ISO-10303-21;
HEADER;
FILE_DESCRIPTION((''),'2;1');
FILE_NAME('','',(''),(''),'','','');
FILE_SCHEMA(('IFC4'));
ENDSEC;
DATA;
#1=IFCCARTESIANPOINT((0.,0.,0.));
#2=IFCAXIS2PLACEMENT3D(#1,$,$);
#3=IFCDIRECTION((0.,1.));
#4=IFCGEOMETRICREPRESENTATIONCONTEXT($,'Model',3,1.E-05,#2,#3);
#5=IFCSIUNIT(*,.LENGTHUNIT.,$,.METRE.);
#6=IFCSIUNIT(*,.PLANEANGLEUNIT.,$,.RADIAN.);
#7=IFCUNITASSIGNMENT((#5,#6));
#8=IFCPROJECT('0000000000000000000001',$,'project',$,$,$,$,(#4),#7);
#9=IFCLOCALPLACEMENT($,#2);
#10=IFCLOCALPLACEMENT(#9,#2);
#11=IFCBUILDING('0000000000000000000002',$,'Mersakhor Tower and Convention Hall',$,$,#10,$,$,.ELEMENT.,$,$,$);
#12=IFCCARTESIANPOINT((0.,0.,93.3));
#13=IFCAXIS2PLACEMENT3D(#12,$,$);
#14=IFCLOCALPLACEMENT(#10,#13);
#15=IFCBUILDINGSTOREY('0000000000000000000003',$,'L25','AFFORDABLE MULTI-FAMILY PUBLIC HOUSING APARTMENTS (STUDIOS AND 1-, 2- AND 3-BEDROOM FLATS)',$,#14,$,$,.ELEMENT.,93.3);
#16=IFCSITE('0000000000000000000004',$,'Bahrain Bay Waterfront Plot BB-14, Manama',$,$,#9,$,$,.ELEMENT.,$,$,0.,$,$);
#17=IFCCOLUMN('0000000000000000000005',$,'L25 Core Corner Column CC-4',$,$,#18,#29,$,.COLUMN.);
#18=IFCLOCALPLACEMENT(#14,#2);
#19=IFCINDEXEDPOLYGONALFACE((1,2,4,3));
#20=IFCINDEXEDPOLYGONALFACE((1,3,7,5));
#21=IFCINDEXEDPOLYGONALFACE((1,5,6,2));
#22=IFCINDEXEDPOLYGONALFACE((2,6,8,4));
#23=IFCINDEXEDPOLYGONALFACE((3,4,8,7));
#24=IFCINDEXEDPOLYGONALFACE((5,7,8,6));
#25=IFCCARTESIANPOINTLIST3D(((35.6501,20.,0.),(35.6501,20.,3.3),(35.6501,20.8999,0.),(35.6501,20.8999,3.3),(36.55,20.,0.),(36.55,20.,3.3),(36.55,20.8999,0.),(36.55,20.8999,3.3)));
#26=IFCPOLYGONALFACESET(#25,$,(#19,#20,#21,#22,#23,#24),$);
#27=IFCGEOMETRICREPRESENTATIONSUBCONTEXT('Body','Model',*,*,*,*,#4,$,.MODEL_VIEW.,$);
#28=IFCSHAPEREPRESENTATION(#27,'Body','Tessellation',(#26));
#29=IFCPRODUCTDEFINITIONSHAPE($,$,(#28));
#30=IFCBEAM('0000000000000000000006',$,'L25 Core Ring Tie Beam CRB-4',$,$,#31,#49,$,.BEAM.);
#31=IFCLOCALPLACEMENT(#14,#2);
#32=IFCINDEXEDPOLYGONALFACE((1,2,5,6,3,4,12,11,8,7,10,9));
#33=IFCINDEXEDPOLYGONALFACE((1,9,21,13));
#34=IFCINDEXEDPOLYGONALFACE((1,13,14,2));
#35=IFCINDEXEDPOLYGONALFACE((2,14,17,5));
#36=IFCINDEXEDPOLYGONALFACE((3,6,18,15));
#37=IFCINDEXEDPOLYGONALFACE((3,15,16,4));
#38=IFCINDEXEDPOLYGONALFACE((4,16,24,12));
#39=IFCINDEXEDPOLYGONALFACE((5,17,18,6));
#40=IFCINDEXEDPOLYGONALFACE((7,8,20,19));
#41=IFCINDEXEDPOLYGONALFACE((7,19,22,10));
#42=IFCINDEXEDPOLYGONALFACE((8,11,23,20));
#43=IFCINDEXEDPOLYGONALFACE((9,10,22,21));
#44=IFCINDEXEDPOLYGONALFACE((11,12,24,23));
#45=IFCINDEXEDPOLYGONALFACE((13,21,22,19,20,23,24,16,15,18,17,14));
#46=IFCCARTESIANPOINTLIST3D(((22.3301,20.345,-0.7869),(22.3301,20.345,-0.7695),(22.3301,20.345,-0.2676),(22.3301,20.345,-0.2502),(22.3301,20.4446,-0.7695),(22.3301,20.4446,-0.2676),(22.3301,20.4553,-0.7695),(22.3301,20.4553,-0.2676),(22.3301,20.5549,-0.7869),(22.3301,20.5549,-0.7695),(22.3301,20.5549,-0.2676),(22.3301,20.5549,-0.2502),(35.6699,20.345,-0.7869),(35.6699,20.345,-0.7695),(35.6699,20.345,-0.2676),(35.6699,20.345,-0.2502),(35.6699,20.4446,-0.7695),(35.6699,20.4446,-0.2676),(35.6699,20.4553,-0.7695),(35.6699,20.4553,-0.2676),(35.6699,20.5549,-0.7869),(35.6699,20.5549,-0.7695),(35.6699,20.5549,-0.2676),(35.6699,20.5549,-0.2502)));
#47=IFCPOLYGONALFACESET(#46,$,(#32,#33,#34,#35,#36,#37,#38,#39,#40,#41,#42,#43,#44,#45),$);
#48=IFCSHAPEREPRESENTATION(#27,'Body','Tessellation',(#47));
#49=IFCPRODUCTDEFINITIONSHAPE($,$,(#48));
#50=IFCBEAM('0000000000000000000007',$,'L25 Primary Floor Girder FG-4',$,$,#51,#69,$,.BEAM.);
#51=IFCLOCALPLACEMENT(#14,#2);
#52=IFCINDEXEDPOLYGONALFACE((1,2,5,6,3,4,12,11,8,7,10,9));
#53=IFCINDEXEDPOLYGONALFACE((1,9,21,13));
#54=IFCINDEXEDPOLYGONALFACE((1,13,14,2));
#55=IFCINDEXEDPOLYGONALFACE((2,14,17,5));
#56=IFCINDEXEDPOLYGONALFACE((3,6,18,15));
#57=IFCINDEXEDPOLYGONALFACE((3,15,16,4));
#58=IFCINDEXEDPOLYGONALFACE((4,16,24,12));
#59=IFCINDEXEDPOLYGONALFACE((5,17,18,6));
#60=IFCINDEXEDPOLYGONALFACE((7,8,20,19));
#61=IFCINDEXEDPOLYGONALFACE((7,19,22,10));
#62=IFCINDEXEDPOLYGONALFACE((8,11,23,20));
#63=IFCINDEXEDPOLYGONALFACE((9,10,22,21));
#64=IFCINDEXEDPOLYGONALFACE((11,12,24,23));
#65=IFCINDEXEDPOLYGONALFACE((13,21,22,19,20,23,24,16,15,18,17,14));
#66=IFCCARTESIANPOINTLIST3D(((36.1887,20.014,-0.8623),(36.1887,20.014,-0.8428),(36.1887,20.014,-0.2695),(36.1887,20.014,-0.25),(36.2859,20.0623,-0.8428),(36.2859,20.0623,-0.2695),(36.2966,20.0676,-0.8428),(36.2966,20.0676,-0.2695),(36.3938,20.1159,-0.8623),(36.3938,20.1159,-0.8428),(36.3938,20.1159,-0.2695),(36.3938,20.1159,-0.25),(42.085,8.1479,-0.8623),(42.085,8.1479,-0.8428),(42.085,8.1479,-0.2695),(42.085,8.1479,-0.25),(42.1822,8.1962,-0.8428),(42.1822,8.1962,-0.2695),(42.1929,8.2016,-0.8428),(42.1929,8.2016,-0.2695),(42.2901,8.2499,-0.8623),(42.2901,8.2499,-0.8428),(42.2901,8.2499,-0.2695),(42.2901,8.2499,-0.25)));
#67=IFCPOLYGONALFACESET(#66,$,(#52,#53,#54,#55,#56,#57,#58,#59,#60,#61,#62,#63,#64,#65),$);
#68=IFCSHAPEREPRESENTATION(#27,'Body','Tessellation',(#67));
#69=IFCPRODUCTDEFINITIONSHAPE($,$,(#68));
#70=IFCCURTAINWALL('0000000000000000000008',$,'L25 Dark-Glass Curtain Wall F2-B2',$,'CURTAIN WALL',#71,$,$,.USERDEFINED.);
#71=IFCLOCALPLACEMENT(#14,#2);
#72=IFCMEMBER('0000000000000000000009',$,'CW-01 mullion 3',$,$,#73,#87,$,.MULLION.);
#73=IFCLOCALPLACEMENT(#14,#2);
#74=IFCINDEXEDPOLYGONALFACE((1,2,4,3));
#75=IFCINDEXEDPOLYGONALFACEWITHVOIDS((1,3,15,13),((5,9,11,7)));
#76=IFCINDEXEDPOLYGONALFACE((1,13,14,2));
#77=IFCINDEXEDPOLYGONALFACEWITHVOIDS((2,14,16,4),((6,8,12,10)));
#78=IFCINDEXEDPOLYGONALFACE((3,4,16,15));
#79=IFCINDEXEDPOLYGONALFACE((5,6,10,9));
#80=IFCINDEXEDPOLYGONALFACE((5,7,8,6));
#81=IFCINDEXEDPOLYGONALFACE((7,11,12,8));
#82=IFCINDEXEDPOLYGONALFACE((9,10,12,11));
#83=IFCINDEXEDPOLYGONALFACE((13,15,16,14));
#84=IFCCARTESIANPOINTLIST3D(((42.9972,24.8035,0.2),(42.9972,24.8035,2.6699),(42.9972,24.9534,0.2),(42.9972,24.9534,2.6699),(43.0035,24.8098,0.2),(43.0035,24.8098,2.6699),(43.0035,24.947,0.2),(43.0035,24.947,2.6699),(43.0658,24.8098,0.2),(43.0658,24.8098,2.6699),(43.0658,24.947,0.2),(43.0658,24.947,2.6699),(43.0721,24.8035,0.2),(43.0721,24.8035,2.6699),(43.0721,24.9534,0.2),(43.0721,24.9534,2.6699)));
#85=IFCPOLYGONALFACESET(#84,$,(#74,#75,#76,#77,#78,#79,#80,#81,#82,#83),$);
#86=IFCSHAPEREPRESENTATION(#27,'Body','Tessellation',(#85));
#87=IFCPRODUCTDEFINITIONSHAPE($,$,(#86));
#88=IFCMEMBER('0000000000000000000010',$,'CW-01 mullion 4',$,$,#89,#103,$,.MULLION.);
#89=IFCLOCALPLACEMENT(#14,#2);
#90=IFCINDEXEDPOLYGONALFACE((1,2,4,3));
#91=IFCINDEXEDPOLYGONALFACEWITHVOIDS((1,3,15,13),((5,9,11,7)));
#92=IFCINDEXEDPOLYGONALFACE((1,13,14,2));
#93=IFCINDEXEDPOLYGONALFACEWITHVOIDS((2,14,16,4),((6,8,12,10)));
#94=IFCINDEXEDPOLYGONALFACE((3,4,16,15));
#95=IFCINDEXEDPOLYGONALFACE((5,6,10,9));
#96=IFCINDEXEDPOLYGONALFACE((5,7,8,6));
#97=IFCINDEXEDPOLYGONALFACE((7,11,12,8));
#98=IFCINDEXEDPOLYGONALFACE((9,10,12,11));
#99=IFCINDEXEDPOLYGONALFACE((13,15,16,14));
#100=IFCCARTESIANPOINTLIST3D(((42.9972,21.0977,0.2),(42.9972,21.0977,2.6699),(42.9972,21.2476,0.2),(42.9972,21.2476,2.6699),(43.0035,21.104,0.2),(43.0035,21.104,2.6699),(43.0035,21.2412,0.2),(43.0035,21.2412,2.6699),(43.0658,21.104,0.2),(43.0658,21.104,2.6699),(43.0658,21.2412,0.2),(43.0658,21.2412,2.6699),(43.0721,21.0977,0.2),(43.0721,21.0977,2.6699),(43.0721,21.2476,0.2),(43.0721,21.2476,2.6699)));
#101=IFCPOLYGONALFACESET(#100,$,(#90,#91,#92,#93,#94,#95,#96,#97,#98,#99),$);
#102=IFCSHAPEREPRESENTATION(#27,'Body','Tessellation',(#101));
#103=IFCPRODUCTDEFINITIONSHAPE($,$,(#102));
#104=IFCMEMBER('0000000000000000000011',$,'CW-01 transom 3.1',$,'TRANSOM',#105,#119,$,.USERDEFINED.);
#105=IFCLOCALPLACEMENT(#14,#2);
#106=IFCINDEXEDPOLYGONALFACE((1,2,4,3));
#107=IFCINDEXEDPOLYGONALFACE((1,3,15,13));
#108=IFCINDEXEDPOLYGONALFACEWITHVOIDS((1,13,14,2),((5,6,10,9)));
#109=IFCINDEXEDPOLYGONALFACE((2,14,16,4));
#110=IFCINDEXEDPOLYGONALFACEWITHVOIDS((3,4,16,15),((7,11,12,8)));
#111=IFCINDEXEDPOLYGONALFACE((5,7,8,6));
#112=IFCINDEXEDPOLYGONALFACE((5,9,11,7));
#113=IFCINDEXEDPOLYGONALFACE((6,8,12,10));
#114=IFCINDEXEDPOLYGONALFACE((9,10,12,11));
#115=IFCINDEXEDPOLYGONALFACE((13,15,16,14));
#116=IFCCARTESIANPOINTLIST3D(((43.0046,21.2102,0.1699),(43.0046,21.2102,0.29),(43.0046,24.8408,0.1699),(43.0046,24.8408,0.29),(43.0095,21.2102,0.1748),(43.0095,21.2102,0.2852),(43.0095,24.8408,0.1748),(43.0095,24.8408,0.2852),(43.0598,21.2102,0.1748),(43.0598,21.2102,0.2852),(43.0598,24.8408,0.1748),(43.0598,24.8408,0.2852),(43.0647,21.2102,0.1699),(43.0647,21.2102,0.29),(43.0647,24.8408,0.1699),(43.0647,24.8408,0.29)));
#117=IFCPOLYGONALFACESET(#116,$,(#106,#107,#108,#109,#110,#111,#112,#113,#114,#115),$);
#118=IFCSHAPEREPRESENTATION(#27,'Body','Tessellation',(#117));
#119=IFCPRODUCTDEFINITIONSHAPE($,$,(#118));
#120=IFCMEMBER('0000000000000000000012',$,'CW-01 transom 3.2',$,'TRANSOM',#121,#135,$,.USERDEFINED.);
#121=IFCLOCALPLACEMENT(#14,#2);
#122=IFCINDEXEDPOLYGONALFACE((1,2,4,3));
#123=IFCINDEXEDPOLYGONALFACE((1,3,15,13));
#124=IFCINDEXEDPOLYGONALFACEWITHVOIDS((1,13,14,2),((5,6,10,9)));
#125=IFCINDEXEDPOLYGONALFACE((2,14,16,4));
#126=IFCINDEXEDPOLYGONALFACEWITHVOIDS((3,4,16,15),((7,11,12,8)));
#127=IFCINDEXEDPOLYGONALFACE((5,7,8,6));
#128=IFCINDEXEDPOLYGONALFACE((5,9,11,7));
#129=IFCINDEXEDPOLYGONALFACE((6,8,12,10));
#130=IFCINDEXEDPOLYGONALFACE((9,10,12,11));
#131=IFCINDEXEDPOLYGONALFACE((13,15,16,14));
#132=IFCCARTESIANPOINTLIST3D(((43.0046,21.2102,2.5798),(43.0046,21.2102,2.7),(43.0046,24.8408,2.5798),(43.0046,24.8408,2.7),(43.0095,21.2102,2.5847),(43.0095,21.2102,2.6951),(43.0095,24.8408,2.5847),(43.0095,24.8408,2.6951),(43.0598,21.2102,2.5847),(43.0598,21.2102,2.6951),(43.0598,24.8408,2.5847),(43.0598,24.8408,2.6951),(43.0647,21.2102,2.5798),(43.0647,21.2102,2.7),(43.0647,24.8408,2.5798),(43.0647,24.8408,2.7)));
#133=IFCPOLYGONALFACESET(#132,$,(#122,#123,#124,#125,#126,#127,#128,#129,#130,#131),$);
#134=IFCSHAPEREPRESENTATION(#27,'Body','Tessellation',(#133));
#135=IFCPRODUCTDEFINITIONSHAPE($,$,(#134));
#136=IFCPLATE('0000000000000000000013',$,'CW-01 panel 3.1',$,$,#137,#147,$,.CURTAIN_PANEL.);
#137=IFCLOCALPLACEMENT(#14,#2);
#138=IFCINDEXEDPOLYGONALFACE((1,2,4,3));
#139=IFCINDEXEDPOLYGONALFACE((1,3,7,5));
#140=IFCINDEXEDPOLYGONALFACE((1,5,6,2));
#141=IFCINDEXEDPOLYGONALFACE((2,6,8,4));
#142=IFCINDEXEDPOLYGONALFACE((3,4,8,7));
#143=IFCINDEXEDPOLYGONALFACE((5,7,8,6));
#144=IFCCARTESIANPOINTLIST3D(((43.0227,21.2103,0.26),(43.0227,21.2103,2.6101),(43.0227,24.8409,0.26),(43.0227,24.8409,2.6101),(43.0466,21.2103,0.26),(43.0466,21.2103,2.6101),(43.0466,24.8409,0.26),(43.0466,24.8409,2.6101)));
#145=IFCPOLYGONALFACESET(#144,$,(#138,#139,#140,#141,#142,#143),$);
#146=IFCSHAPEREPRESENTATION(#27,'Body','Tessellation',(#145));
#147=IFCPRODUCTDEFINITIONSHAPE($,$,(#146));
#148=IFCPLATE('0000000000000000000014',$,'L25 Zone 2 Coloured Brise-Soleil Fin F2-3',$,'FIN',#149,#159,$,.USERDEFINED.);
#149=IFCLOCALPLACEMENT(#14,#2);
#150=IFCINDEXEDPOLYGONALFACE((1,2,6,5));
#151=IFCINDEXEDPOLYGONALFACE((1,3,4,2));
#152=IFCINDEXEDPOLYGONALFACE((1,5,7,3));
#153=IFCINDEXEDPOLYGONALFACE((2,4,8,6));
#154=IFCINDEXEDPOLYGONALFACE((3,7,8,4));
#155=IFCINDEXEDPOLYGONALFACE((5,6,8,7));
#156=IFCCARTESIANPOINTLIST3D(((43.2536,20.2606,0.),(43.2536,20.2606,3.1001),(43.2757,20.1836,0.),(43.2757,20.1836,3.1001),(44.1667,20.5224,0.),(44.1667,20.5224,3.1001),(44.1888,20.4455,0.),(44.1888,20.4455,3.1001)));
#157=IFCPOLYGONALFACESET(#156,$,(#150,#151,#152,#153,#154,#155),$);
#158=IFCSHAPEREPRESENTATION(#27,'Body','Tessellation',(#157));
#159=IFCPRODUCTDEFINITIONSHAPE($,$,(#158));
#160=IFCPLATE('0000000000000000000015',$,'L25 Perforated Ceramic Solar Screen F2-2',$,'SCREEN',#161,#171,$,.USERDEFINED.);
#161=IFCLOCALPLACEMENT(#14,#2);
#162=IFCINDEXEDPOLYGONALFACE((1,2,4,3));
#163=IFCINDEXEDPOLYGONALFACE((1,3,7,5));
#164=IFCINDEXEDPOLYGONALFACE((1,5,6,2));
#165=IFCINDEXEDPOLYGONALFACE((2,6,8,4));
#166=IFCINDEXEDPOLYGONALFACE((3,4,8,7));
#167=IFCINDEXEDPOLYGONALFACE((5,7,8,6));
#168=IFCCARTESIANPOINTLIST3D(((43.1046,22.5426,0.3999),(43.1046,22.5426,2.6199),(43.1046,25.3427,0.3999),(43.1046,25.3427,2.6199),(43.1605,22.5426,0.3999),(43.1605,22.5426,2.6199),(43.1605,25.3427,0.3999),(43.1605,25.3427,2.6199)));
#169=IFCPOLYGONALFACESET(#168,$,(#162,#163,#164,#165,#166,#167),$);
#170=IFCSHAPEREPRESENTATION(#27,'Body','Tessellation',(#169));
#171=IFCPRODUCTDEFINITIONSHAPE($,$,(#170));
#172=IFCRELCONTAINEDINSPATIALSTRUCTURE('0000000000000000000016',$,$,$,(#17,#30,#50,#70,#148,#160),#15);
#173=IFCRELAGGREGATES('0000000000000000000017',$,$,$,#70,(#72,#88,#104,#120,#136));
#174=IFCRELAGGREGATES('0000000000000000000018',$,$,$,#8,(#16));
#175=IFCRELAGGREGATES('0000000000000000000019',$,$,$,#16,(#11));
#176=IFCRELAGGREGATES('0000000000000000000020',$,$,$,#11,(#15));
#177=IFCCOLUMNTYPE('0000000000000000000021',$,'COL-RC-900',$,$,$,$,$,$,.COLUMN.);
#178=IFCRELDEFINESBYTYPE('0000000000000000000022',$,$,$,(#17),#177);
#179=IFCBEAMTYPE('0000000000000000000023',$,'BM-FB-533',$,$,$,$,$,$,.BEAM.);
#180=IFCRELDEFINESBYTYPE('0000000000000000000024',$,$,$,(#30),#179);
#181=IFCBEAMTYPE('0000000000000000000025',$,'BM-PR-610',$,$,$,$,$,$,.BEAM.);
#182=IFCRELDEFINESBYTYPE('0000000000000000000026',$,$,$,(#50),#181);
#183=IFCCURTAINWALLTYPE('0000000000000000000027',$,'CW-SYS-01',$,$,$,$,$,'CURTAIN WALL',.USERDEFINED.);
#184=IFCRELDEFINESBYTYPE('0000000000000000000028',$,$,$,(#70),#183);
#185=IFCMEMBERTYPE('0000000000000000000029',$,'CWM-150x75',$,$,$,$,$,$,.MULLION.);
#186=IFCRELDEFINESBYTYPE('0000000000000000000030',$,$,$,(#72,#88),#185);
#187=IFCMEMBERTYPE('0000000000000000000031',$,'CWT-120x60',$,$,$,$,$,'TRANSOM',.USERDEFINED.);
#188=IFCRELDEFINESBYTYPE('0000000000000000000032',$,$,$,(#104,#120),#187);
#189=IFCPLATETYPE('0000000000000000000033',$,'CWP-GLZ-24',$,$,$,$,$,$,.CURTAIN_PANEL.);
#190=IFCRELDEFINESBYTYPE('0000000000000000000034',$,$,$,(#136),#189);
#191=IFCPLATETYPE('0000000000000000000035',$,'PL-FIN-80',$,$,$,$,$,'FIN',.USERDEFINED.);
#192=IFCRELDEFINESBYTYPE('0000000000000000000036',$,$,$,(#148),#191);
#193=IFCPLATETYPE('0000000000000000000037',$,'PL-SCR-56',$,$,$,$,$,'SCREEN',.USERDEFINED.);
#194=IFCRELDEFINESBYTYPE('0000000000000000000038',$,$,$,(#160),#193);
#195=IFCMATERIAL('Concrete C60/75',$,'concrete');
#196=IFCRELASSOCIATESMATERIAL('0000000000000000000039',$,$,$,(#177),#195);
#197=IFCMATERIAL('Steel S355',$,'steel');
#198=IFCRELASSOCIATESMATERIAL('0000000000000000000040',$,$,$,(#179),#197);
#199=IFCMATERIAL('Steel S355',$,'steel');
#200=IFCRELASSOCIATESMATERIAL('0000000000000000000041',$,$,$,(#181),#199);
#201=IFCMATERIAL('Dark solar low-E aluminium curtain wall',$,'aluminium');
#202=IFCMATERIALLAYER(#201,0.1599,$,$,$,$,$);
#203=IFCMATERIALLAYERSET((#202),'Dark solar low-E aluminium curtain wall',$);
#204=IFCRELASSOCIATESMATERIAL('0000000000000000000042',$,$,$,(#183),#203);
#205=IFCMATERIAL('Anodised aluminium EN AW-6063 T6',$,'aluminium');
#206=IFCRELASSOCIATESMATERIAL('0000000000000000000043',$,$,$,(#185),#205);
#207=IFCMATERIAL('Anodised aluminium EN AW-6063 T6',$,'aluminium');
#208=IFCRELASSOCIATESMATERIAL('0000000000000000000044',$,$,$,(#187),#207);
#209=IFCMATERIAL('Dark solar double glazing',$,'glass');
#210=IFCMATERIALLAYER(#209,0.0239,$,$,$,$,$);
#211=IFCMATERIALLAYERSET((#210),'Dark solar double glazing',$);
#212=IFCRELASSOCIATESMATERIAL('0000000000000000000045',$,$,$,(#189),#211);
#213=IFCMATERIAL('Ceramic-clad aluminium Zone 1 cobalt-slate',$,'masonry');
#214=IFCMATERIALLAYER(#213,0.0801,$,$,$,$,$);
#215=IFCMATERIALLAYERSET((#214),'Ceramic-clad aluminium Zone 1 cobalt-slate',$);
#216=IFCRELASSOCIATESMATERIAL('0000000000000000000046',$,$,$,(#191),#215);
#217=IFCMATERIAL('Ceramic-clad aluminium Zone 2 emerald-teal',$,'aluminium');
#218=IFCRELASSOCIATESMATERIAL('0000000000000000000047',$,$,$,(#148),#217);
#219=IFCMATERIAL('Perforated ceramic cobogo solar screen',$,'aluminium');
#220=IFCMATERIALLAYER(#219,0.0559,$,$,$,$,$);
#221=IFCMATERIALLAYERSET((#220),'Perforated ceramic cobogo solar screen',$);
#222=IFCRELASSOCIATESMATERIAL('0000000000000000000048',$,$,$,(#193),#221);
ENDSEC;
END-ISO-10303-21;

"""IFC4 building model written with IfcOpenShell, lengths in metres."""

from ifc_helpers import new_model, si_unit, direction, frame, origin, origin_2d, place, context, subcontext, project, spatial, rectangle, hollow_rectangle, i_section, extrude, material, layer, layer_set, material_profile, profile_set, type_object, element, aggregate, save


model = new_model("IFC4")

# Units and contexts
model_context = context("Model", 3, precision=1e-05, world=origin(), true_north=direction((0.0, 1.0)))
body_context = subcontext(model_context, "Body", "Model", "MODEL_VIEW")
ifc_project = project(units=[si_unit("LENGTHUNIT", "METRE"), si_unit("PLANEANGLEUNIT", "RADIAN")], contexts=[model_context])

# Site, building, storey
site_placement = place(None, origin())
site = spatial("IfcSite", under=ifc_project, at=site_placement, Name="Bahrain Bay Waterfront Plot BB-14, Manama", CompositionType="ELEMENT", RefElevation=0.0)
building_placement = place(site_placement, origin())
building = spatial("IfcBuilding", under=site, at=building_placement, Name="Mersakhor Tower and Convention Hall", CompositionType="ELEMENT")
storey_placement = place(building_placement, frame((0.0, 0.0, 93.3)))
storey = spatial("IfcBuildingStorey", under=building, at=storey_placement, Name="L25", Description="AFFORDABLE MULTI-FAMILY PUBLIC HOUSING APARTMENTS (STUDIOS AND 1-, 2- AND 3-BEDROOM FLATS)", CompositionType="ELEMENT", Elevation=93.3)

# Column
ifc_material_1 = material(Name="Concrete C60/75", Category="concrete")
ifc_material_profile_1 = material_profile(ifc_material_1, rectangle(XDim=0.8999, YDim=0.8999, at=origin_2d()), Name="RC 900x900")
ifc_profile_set_1 = profile_set([ifc_material_profile_1], Name="Concrete C60/75")
column_type = type_object("IfcColumnType", Name="COL-RC-900", PredefinedType="COLUMN", material=ifc_profile_set_1)
column_placement = place(storey_placement, frame((36.1001, 20.45, 0.0), z_axis=(0.0, 0.0, 1.0), x_axis=(1.0, 0.0, 0.0)))
element("IfcColumn", 1, at=column_placement, inside=storey, type_object=column_type, Name="L25 Core Corner Column CC-4", PredefinedType="COLUMN", context=body_context, shape_type="SweptSolid", body=[
    extrude(rectangle(XDim=0.8999, YDim=0.8999, at=origin_2d()), origin(), (0.0, 0.0, 1.0), 3.3),
])

# Beams
ifc_material_2 = material(Name="Steel S355", Category="steel")
ifc_material_profile_2 = material_profile(ifc_material_2, i_section(OverallWidth=0.21, OverallDepth=0.5366, WebThickness=0.0107, FlangeThickness=0.0173, at=origin_2d()), Name="UB 533x210x101")
ifc_profile_set_2 = profile_set([ifc_material_profile_2], Name="Steel S355")
beam_type_1 = type_object("IfcBeamType", Name="BM-FB-533", PredefinedType="BEAM", material=ifc_profile_set_2)
beam_1_placement = place(storey_placement, frame((35.6699, 20.45, -0.5186), z_axis=(-1.0, 0.0, 0.0), x_axis=(0.0, -1.0, 0.0)))
element("IfcBeam", 2, at=beam_1_placement, inside=storey, type_object=beam_type_1, Name="L25 Core Ring Tie Beam CRB-4", PredefinedType="BEAM", context=body_context, shape_type="SweptSolid", body=[
    extrude(i_section(OverallWidth=0.21, OverallDepth=0.5366, WebThickness=0.0107, FlangeThickness=0.0173, at=origin_2d()), origin(), (0.0, 0.0, 1.0), 13.3398),
])
ifc_material_3 = material(Name="Steel S355", Category="steel")
ifc_material_profile_3 = material_profile(ifc_material_3, i_section(OverallWidth=0.229, OverallDepth=0.6123, WebThickness=0.012, FlangeThickness=0.0195, at=origin_2d()), Name="UB 610x229x125")
ifc_profile_set_3 = profile_set([ifc_material_profile_3], Name="Steel S355")
beam_type_2 = type_object("IfcBeamType", Name="BM-PR-610", PredefinedType="BEAM", material=ifc_profile_set_3)
beam_2_placement = place(storey_placement, frame((36.2913, 20.0649, -0.5562), z_axis=(0.444994, -0.895534, 0.0), x_axis=(0.895534, 0.444994, 0.0)))
element("IfcBeam", 3, at=beam_2_placement, inside=storey, type_object=beam_type_2, Name="L25 Primary Floor Girder FG-4", PredefinedType="BEAM", context=body_context, shape_type="SweptSolid", body=[
    extrude(i_section(OverallWidth=0.229, OverallDepth=0.6123, WebThickness=0.012, FlangeThickness=0.0195, at=origin_2d()), origin(), (0.0, 0.0, 1.0), 13.2502),
])

# Curtain wall, members, plate
ifc_material_4 = material(Name="Dark solar low-E aluminium curtain wall", Category="aluminium")
ifc_layer_1 = layer(ifc_material_4, 0.1599)
ifc_layer_set_1 = layer_set([ifc_layer_1], Name="Dark solar low-E aluminium curtain wall")
curtain_wall_type = type_object("IfcCurtainWallType", Name="CW-SYS-01", ElementType="CURTAIN WALL", PredefinedType="USERDEFINED", material=ifc_layer_set_1)
curtain_wall_placement = place(storey_placement, origin())
curtain_wall = element("IfcCurtainWall", 4, at=curtain_wall_placement, inside=storey, type_object=curtain_wall_type, Name="L25 Dark-Glass Curtain Wall F2-B2", ObjectType="CURTAIN WALL", PredefinedType="USERDEFINED")
ifc_material_5 = material(Name="Anodised aluminium EN AW-6063 T6", Category="aluminium")
ifc_material_profile_4 = material_profile(ifc_material_5, hollow_rectangle(XDim=0.075, YDim=0.1499, WallThickness=0.0063, at=origin_2d()), Name="RHS 150x75x6.3")
ifc_profile_set_4 = profile_set([ifc_material_profile_4], Name="Anodised aluminium EN AW-6063 T6")
member_type_1 = type_object("IfcMemberType", Name="CWM-150x75", PredefinedType="MULLION", material=ifc_profile_set_4)
member_1_placement = place(storey_placement, frame((43.0347, 24.8784, 0.2), z_axis=(0.0, 0.0, 1.0), x_axis=(1.0, 0.0, 0.0)))
member_1 = element("IfcMember", 5, at=member_1_placement, type_object=member_type_1, Name="CW-01 mullion 3", PredefinedType="MULLION", context=body_context, shape_type="SweptSolid", body=[
    extrude(hollow_rectangle(XDim=0.075, YDim=0.1499, WallThickness=0.0063, at=origin_2d()), origin(), (0.0, 0.0, 1.0), 2.47),
])
member_2_placement = place(storey_placement, frame((43.0347, 21.1726, 0.2), z_axis=(0.0, 0.0, 1.0), x_axis=(1.0, 0.0, 0.0)))
member_2 = element("IfcMember", 6, at=member_2_placement, type_object=member_type_1, Name="CW-01 mullion 4", PredefinedType="MULLION", context=body_context, shape_type="SweptSolid", body=[
    extrude(hollow_rectangle(XDim=0.075, YDim=0.1499, WallThickness=0.0063, at=origin_2d()), origin(), (0.0, 0.0, 1.0), 2.47),
])
ifc_material_6 = material(Name="Anodised aluminium EN AW-6063 T6", Category="aluminium")
ifc_material_profile_5 = material_profile(ifc_material_6, hollow_rectangle(XDim=0.0601, YDim=0.1201, WallThickness=0.0049, at=origin_2d()), Name="RHS 120x60x5")
ifc_profile_set_5 = profile_set([ifc_material_profile_5], Name="Anodised aluminium EN AW-6063 T6")
member_type_2 = type_object("IfcMemberType", Name="CWT-120x60", ElementType="TRANSOM", PredefinedType="USERDEFINED", material=ifc_profile_set_5)
member_3_placement = place(storey_placement, frame((43.0347, 24.8408, 0.23), z_axis=(0.0, -1.0, 0.0), x_axis=(1.0, 0.0, 0.0)))
member_3 = element("IfcMember", 7, at=member_3_placement, type_object=member_type_2, Name="CW-01 transom 3.1", ObjectType="TRANSOM", PredefinedType="USERDEFINED", context=body_context, shape_type="SweptSolid", body=[
    extrude(hollow_rectangle(XDim=0.0601, YDim=0.1201, WallThickness=0.0049, at=origin_2d()), origin(), (0.0, 0.0, 1.0), 3.6306),
])
member_4_placement = place(storey_placement, frame((43.0347, 24.8408, 2.6399), z_axis=(0.0, -1.0, 0.0), x_axis=(1.0, 0.0, 0.0)))
member_4 = element("IfcMember", 8, at=member_4_placement, type_object=member_type_2, Name="CW-01 transom 3.2", ObjectType="TRANSOM", PredefinedType="USERDEFINED", context=body_context, shape_type="SweptSolid", body=[
    extrude(hollow_rectangle(XDim=0.0601, YDim=0.1201, WallThickness=0.0049, at=origin_2d()), origin(), (0.0, 0.0, 1.0), 3.6306),
])
ifc_material_7 = material(Name="Dark solar double glazing", Category="glass")
ifc_layer_2 = layer(ifc_material_7, 0.0239)
ifc_layer_set_2 = layer_set([ifc_layer_2], Name="Dark solar double glazing")
plate_type_1 = type_object("IfcPlateType", Name="CWP-GLZ-24", PredefinedType="CURTAIN_PANEL", material=ifc_layer_set_2)
plate_1_placement = place(storey_placement, frame((43.0347, 23.0256, 0.26), z_axis=(0.0, 0.0, 1.0), x_axis=(0.0, -1.0, 0.0)))
plate_1 = element("IfcPlate", 9, at=plate_1_placement, type_object=plate_type_1, Name="CW-01 panel 3.1", PredefinedType="CURTAIN_PANEL", context=body_context, shape_type="SweptSolid", body=[
    extrude(rectangle(XDim=3.6306, YDim=0.0239, at=origin_2d()), origin(), (0.0, 0.0, 1.0), 2.3501),
])
aggregate(curtain_wall, [member_1, member_2, member_3, member_4, plate_1])

# Plates
ifc_material_8 = material(Name="Ceramic-clad aluminium Zone 2 emerald-teal", Category="aluminium")
ifc_material_9 = material(Name="Ceramic-clad aluminium Zone 1 cobalt-slate", Category="masonry")
ifc_layer_3 = layer(ifc_material_9, 0.0801)
ifc_layer_set_3 = layer_set([ifc_layer_3], Name="Ceramic-clad aluminium Zone 1 cobalt-slate")
plate_type_2 = type_object("IfcPlateType", Name="PL-FIN-80", ElementType="FIN", PredefinedType="USERDEFINED", material=ifc_layer_set_3)
plate_2_placement = place(storey_placement, frame((43.7212, 20.353, 0.0), z_axis=(0.0, 0.0, 1.0), x_axis=(0.961262, 0.275637, 0.0)))
element("IfcPlate", 10, at=plate_2_placement, inside=storey, type_object=plate_type_2, material=ifc_material_8, Name="L25 Zone 2 Coloured Brise-Soleil Fin F2-3", ObjectType="FIN", PredefinedType="USERDEFINED", context=body_context, shape_type="SweptSolid", body=[
    extrude(rectangle(XDim=0.95, YDim=0.0801, at=origin_2d()), origin(), (0.0, 0.0, 1.0), 3.1001),
])
ifc_material_10 = material(Name="Perforated ceramic cobogo solar screen", Category="aluminium")
ifc_layer_4 = layer(ifc_material_10, 0.0559)
ifc_layer_set_4 = layer_set([ifc_layer_4], Name="Perforated ceramic cobogo solar screen")
plate_type_3 = type_object("IfcPlateType", Name="PL-SCR-56", ElementType="SCREEN", PredefinedType="USERDEFINED", material=ifc_layer_set_4)
plate_3_placement = place(storey_placement, frame((43.1326, 23.9426, 0.3999), z_axis=(0.0, 0.0, 1.0), x_axis=(0.0, -1.0, 0.0)))
element("IfcPlate", 11, at=plate_3_placement, inside=storey, type_object=plate_type_3, Name="L25 Perforated Ceramic Solar Screen F2-2", ObjectType="SCREEN", PredefinedType="USERDEFINED", context=body_context, shape_type="SweptSolid", body=[
    extrude(rectangle(XDim=2.8, YDim=0.0559, at=origin_2d()), origin(), (0.0, 0.0, 1.0), 2.22),
])

save(model, "model.ifc")
